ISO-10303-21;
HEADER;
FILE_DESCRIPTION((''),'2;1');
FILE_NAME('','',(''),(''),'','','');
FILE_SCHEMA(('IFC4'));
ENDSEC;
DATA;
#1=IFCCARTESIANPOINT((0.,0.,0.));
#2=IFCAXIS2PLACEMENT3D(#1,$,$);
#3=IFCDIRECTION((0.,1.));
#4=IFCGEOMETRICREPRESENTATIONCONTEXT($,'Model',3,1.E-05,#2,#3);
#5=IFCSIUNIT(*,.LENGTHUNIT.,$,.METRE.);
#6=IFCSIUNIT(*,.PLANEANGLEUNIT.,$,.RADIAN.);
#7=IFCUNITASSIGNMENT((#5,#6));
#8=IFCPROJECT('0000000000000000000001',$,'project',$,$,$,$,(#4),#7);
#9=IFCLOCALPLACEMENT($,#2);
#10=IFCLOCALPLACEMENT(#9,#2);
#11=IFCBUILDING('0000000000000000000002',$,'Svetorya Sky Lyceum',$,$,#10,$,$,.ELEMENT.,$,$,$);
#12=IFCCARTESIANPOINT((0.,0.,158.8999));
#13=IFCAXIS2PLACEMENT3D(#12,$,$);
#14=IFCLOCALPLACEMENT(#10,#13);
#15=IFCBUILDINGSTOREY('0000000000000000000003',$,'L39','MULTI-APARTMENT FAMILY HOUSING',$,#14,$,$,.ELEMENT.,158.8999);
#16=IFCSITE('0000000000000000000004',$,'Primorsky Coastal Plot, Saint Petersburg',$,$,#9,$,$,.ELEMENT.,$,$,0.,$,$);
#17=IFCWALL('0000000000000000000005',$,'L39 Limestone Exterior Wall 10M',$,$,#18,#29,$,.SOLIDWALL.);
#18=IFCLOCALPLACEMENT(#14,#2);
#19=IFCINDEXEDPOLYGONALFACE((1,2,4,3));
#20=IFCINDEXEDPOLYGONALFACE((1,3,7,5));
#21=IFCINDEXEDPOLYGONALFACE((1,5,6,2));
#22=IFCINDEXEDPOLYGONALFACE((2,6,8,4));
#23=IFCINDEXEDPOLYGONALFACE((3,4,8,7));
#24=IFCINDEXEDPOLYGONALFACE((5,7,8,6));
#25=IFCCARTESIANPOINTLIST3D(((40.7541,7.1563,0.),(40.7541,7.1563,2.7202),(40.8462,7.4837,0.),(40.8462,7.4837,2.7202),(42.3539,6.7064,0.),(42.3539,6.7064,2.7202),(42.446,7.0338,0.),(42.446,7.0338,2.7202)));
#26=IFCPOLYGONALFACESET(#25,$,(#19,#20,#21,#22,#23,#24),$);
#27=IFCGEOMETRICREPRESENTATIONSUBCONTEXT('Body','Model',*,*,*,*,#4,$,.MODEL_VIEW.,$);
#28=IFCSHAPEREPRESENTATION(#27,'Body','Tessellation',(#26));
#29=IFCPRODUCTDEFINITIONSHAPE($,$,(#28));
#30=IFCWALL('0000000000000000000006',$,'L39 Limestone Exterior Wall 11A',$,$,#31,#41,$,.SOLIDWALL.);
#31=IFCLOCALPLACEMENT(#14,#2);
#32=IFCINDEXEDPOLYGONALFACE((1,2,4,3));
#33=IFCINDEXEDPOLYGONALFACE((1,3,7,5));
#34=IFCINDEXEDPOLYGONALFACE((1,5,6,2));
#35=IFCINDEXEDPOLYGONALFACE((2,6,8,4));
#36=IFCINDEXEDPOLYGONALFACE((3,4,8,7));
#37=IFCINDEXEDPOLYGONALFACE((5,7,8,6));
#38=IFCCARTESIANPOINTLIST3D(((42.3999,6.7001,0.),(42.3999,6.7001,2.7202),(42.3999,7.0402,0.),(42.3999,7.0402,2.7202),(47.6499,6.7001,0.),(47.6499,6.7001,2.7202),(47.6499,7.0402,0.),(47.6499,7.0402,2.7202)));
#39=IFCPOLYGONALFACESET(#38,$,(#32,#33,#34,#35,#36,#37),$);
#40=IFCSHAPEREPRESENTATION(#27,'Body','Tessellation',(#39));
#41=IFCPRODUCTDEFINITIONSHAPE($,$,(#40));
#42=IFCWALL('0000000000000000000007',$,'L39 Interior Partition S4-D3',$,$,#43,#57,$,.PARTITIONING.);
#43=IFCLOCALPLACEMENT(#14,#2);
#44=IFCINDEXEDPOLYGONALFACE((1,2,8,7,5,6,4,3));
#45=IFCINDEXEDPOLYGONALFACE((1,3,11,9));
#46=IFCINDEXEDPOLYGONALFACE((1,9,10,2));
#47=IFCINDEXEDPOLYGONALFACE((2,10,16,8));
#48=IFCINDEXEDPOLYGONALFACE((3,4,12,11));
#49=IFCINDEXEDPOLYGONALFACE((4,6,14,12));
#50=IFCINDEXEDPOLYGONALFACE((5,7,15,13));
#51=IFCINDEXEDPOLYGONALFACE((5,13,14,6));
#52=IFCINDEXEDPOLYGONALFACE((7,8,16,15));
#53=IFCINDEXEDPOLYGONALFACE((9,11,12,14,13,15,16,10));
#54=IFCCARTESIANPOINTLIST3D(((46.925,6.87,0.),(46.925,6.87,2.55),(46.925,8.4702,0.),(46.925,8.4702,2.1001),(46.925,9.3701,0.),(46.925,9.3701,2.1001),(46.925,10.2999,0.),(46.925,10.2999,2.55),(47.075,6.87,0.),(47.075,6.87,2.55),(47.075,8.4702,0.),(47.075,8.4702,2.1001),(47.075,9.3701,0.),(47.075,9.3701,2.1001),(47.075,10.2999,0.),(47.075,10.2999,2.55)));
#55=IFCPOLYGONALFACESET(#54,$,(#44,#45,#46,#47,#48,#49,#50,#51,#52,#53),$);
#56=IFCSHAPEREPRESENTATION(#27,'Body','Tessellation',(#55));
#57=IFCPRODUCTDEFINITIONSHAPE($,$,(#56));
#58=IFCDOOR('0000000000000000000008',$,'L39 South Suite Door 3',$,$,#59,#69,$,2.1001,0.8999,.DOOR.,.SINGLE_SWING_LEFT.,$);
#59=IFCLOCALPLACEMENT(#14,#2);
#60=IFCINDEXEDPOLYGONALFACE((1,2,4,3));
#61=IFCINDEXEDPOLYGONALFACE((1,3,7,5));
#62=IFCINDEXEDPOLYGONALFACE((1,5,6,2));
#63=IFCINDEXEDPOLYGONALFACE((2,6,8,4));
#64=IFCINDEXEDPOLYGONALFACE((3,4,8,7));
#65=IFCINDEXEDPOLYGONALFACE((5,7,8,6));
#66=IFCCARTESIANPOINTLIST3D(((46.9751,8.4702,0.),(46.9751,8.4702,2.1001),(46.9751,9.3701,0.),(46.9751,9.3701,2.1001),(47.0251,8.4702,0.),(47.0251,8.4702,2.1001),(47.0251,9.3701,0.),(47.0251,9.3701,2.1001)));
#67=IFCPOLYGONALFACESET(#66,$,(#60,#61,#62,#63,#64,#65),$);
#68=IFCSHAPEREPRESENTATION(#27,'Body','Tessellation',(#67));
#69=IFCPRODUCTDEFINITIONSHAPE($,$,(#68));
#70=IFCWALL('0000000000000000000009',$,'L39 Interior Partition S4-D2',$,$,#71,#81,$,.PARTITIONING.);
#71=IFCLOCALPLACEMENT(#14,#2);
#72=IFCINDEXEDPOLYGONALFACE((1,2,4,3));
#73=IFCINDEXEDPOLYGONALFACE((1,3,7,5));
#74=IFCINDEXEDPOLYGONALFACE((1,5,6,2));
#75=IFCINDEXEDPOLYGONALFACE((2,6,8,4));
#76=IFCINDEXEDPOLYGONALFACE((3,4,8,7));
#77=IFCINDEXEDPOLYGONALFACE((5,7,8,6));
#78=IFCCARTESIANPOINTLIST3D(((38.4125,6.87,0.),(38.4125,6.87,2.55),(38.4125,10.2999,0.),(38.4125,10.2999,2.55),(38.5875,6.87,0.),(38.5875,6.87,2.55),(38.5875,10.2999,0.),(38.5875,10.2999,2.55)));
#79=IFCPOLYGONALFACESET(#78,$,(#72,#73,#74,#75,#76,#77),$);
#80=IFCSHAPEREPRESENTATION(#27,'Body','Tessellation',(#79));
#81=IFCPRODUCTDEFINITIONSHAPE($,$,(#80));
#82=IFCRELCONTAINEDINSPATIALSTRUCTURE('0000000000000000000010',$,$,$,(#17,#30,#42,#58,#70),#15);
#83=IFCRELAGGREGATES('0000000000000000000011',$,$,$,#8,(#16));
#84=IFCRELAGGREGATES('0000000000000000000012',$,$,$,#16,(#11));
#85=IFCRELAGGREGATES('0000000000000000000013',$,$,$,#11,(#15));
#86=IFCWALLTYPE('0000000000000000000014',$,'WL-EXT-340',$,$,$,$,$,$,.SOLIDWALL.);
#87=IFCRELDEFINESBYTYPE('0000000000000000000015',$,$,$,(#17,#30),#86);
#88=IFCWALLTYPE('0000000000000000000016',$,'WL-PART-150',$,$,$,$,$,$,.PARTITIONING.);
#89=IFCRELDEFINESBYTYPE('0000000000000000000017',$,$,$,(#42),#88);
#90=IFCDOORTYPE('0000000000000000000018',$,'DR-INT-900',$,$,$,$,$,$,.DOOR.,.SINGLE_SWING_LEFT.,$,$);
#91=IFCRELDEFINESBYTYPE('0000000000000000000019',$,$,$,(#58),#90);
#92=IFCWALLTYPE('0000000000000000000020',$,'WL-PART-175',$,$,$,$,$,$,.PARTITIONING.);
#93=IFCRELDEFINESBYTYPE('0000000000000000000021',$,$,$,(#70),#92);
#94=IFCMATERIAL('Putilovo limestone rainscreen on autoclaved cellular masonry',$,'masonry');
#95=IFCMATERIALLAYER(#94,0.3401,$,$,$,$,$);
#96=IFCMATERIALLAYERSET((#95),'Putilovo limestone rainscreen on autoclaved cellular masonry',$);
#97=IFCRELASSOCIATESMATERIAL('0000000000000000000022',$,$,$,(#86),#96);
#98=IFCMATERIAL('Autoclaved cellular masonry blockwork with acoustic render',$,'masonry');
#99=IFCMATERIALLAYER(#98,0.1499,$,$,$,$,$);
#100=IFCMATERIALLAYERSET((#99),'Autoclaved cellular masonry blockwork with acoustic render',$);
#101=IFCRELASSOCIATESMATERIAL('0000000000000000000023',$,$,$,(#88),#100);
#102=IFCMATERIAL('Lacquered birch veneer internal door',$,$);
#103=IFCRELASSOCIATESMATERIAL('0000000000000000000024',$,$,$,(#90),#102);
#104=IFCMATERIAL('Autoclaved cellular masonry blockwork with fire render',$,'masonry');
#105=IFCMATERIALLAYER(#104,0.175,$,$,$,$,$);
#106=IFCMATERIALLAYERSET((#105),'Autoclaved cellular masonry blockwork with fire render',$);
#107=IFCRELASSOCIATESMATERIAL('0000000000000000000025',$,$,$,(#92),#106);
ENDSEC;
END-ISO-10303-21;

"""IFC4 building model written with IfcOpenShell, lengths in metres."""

from ifc_helpers import new_model, si_unit, direction, frame, frame_2d, origin, place, context, subcontext, project, spatial, rectangle, extrude, material, layer, layer_set, type_object, element, fill, save


model = new_model("IFC4")

# Units and contexts
model_context = context("Model", 3, precision=1e-05, world=origin(), true_north=direction((0.0, 1.0)))
body_context = subcontext(model_context, "Body", "Model", "MODEL_VIEW")
ifc_project = project(units=[si_unit("LENGTHUNIT", "METRE"), si_unit("PLANEANGLEUNIT", "RADIAN")], contexts=[model_context])

# Site, building, storey
site_placement = place(None, origin())
site = spatial("IfcSite", under=ifc_project, at=site_placement, Name="Primorsky Coastal Plot, Saint Petersburg", CompositionType="ELEMENT", RefElevation=0.0)
building_placement = place(site_placement, origin())
building = spatial("IfcBuilding", under=site, at=building_placement, Name="Svetorya Sky Lyceum", CompositionType="ELEMENT")
storey_placement = place(building_placement, frame((0.0, 0.0, 158.8999)))
storey = spatial("IfcBuildingStorey", under=building, at=storey_placement, Name="L39", Description="MULTI-APARTMENT FAMILY HOUSING", CompositionType="ELEMENT", Elevation=158.8999)

# Walls
ifc_material_1 = material(Name="Putilovo limestone rainscreen on autoclaved cellular masonry", Category="masonry")
ifc_layer_1 = layer(ifc_material_1, 0.3401)
ifc_layer_set_1 = layer_set([ifc_layer_1], Name="Putilovo limestone rainscreen on autoclaved cellular masonry")
wall_type_1 = type_object("IfcWallType", Name="WL-EXT-340", PredefinedType="SOLIDWALL", material=ifc_layer_set_1)
wall_1_placement = place(storey_placement, frame((40.8, 7.3201, 0.0), z_axis=(0.0, 0.0, 1.0), x_axis=(0.962652, -0.270741, 0.0)))
element("IfcWall", 1, at=wall_1_placement, inside=storey, type_object=wall_type_1, Name="L39 Limestone Exterior Wall 10M", PredefinedType="SOLIDWALL", context=body_context, shape_type="SweptSolid", body=[
    extrude(rectangle(XDim=1.6619, YDim=0.3401, at=frame_2d((0.8311, 0.0))), origin(), (0.0, 0.0, 1.0), 2.7202),
])
wall_2_placement = place(storey_placement, frame((42.3999, 6.8701, 0.0), z_axis=(0.0, 0.0, 1.0), x_axis=(1.0, 0.0, 0.0)))
element("IfcWall", 2, at=wall_2_placement, inside=storey, type_object=wall_type_1, Name="L39 Limestone Exterior Wall 11A", PredefinedType="SOLIDWALL", context=body_context, shape_type="SweptSolid", body=[
    extrude(rectangle(XDim=5.25, YDim=0.3401, at=frame_2d((2.625, 0.0))), origin(), (0.0, 0.0, 1.0), 2.7202),
])

# Wall, opening, door
ifc_material_2 = material(Name="Autoclaved cellular masonry blockwork with acoustic render", Category="masonry")
ifc_layer_2 = layer(ifc_material_2, 0.1499)
ifc_layer_set_2 = layer_set([ifc_layer_2], Name="Autoclaved cellular masonry blockwork with acoustic render")
wall_type_2 = type_object("IfcWallType", Name="WL-PART-150", PredefinedType="PARTITIONING", material=ifc_layer_set_2)
wall_3_placement = place(storey_placement, frame((47.0, 6.8701, 0.0), z_axis=(0.0, 0.0, 1.0), x_axis=(0.0, 1.0, 0.0)))
wall_3 = element("IfcWall", 3, at=wall_3_placement, inside=storey, type_object=wall_type_2, Name="L39 Interior Partition S4-D3", PredefinedType="PARTITIONING", context=body_context, shape_type="SweptSolid", body=[
    extrude(rectangle(XDim=3.4299, YDim=0.1499, at=frame_2d((1.7148, 0.0))), origin(), (0.0, 0.0, 1.0), 2.55),
])
opening_placement = place(wall_3_placement, frame((1.6001, 0.0, 0.0)))
opening = element("IfcOpeningElement", 4, at=opening_placement, cuts=wall_3, PredefinedType="OPENING", context=body_context, shape_type="SweptSolid", body=[
    extrude(rectangle(XDim=0.8999, YDim=2.1001, at=frame_2d((0.45, 1.05))), frame((0.0, 0.085, 0.0), z_axis=(0.0, -1.0, 0.0), x_axis=(1.0, 0.0, 0.0)), (0.0, 0.0, 1.0), 0.1699),
])
ifc_material_3 = material(Name="Lacquered birch veneer internal door")
door_type = type_object("IfcDoorType", Name="DR-INT-900", OperationType="SINGLE_SWING_LEFT", PredefinedType="DOOR", material=ifc_material_3)
door_placement = place(opening_placement, origin())
door = element("IfcDoor", 5, at=door_placement, inside=storey, type_object=door_type, Name="L39 South Suite Door 3", OperationType="SINGLE_SWING_LEFT", OverallHeight=2.1001, OverallWidth=0.8999, PredefinedType="DOOR", context=body_context, shape_type="SweptSolid", body=[
    extrude(rectangle(XDim=0.8999, YDim=2.1001, at=frame_2d((0.45, 1.05))), frame((0.0, 0.0249, 0.0), z_axis=(0.0, -1.0, 0.0), x_axis=(1.0, 0.0, 0.0)), (0.0, 0.0, 1.0), 0.05),
])
fill(opening, door)

# Wall
ifc_material_4 = material(Name="Autoclaved cellular masonry blockwork with fire render", Category="masonry")
ifc_layer_3 = layer(ifc_material_4, 0.175)
ifc_layer_set_3 = layer_set([ifc_layer_3], Name="Autoclaved cellular masonry blockwork with fire render")
wall_type_3 = type_object("IfcWallType", Name="WL-PART-175", PredefinedType="PARTITIONING", material=ifc_layer_set_3)
wall_4_placement = place(storey_placement, frame((38.5, 6.8701, 0.0), z_axis=(0.0, 0.0, 1.0), x_axis=(0.0, 1.0, 0.0)))
element("IfcWall", 6, at=wall_4_placement, inside=storey, type_object=wall_type_3, Name="L39 Interior Partition S4-D2", PredefinedType="PARTITIONING", context=body_context, shape_type="SweptSolid", body=[
    extrude(rectangle(XDim=3.4299, YDim=0.175, at=frame_2d((1.7148, 0.0))), origin(), (0.0, 0.0, 1.0), 2.55),
])

save(model, "model.ifc")
